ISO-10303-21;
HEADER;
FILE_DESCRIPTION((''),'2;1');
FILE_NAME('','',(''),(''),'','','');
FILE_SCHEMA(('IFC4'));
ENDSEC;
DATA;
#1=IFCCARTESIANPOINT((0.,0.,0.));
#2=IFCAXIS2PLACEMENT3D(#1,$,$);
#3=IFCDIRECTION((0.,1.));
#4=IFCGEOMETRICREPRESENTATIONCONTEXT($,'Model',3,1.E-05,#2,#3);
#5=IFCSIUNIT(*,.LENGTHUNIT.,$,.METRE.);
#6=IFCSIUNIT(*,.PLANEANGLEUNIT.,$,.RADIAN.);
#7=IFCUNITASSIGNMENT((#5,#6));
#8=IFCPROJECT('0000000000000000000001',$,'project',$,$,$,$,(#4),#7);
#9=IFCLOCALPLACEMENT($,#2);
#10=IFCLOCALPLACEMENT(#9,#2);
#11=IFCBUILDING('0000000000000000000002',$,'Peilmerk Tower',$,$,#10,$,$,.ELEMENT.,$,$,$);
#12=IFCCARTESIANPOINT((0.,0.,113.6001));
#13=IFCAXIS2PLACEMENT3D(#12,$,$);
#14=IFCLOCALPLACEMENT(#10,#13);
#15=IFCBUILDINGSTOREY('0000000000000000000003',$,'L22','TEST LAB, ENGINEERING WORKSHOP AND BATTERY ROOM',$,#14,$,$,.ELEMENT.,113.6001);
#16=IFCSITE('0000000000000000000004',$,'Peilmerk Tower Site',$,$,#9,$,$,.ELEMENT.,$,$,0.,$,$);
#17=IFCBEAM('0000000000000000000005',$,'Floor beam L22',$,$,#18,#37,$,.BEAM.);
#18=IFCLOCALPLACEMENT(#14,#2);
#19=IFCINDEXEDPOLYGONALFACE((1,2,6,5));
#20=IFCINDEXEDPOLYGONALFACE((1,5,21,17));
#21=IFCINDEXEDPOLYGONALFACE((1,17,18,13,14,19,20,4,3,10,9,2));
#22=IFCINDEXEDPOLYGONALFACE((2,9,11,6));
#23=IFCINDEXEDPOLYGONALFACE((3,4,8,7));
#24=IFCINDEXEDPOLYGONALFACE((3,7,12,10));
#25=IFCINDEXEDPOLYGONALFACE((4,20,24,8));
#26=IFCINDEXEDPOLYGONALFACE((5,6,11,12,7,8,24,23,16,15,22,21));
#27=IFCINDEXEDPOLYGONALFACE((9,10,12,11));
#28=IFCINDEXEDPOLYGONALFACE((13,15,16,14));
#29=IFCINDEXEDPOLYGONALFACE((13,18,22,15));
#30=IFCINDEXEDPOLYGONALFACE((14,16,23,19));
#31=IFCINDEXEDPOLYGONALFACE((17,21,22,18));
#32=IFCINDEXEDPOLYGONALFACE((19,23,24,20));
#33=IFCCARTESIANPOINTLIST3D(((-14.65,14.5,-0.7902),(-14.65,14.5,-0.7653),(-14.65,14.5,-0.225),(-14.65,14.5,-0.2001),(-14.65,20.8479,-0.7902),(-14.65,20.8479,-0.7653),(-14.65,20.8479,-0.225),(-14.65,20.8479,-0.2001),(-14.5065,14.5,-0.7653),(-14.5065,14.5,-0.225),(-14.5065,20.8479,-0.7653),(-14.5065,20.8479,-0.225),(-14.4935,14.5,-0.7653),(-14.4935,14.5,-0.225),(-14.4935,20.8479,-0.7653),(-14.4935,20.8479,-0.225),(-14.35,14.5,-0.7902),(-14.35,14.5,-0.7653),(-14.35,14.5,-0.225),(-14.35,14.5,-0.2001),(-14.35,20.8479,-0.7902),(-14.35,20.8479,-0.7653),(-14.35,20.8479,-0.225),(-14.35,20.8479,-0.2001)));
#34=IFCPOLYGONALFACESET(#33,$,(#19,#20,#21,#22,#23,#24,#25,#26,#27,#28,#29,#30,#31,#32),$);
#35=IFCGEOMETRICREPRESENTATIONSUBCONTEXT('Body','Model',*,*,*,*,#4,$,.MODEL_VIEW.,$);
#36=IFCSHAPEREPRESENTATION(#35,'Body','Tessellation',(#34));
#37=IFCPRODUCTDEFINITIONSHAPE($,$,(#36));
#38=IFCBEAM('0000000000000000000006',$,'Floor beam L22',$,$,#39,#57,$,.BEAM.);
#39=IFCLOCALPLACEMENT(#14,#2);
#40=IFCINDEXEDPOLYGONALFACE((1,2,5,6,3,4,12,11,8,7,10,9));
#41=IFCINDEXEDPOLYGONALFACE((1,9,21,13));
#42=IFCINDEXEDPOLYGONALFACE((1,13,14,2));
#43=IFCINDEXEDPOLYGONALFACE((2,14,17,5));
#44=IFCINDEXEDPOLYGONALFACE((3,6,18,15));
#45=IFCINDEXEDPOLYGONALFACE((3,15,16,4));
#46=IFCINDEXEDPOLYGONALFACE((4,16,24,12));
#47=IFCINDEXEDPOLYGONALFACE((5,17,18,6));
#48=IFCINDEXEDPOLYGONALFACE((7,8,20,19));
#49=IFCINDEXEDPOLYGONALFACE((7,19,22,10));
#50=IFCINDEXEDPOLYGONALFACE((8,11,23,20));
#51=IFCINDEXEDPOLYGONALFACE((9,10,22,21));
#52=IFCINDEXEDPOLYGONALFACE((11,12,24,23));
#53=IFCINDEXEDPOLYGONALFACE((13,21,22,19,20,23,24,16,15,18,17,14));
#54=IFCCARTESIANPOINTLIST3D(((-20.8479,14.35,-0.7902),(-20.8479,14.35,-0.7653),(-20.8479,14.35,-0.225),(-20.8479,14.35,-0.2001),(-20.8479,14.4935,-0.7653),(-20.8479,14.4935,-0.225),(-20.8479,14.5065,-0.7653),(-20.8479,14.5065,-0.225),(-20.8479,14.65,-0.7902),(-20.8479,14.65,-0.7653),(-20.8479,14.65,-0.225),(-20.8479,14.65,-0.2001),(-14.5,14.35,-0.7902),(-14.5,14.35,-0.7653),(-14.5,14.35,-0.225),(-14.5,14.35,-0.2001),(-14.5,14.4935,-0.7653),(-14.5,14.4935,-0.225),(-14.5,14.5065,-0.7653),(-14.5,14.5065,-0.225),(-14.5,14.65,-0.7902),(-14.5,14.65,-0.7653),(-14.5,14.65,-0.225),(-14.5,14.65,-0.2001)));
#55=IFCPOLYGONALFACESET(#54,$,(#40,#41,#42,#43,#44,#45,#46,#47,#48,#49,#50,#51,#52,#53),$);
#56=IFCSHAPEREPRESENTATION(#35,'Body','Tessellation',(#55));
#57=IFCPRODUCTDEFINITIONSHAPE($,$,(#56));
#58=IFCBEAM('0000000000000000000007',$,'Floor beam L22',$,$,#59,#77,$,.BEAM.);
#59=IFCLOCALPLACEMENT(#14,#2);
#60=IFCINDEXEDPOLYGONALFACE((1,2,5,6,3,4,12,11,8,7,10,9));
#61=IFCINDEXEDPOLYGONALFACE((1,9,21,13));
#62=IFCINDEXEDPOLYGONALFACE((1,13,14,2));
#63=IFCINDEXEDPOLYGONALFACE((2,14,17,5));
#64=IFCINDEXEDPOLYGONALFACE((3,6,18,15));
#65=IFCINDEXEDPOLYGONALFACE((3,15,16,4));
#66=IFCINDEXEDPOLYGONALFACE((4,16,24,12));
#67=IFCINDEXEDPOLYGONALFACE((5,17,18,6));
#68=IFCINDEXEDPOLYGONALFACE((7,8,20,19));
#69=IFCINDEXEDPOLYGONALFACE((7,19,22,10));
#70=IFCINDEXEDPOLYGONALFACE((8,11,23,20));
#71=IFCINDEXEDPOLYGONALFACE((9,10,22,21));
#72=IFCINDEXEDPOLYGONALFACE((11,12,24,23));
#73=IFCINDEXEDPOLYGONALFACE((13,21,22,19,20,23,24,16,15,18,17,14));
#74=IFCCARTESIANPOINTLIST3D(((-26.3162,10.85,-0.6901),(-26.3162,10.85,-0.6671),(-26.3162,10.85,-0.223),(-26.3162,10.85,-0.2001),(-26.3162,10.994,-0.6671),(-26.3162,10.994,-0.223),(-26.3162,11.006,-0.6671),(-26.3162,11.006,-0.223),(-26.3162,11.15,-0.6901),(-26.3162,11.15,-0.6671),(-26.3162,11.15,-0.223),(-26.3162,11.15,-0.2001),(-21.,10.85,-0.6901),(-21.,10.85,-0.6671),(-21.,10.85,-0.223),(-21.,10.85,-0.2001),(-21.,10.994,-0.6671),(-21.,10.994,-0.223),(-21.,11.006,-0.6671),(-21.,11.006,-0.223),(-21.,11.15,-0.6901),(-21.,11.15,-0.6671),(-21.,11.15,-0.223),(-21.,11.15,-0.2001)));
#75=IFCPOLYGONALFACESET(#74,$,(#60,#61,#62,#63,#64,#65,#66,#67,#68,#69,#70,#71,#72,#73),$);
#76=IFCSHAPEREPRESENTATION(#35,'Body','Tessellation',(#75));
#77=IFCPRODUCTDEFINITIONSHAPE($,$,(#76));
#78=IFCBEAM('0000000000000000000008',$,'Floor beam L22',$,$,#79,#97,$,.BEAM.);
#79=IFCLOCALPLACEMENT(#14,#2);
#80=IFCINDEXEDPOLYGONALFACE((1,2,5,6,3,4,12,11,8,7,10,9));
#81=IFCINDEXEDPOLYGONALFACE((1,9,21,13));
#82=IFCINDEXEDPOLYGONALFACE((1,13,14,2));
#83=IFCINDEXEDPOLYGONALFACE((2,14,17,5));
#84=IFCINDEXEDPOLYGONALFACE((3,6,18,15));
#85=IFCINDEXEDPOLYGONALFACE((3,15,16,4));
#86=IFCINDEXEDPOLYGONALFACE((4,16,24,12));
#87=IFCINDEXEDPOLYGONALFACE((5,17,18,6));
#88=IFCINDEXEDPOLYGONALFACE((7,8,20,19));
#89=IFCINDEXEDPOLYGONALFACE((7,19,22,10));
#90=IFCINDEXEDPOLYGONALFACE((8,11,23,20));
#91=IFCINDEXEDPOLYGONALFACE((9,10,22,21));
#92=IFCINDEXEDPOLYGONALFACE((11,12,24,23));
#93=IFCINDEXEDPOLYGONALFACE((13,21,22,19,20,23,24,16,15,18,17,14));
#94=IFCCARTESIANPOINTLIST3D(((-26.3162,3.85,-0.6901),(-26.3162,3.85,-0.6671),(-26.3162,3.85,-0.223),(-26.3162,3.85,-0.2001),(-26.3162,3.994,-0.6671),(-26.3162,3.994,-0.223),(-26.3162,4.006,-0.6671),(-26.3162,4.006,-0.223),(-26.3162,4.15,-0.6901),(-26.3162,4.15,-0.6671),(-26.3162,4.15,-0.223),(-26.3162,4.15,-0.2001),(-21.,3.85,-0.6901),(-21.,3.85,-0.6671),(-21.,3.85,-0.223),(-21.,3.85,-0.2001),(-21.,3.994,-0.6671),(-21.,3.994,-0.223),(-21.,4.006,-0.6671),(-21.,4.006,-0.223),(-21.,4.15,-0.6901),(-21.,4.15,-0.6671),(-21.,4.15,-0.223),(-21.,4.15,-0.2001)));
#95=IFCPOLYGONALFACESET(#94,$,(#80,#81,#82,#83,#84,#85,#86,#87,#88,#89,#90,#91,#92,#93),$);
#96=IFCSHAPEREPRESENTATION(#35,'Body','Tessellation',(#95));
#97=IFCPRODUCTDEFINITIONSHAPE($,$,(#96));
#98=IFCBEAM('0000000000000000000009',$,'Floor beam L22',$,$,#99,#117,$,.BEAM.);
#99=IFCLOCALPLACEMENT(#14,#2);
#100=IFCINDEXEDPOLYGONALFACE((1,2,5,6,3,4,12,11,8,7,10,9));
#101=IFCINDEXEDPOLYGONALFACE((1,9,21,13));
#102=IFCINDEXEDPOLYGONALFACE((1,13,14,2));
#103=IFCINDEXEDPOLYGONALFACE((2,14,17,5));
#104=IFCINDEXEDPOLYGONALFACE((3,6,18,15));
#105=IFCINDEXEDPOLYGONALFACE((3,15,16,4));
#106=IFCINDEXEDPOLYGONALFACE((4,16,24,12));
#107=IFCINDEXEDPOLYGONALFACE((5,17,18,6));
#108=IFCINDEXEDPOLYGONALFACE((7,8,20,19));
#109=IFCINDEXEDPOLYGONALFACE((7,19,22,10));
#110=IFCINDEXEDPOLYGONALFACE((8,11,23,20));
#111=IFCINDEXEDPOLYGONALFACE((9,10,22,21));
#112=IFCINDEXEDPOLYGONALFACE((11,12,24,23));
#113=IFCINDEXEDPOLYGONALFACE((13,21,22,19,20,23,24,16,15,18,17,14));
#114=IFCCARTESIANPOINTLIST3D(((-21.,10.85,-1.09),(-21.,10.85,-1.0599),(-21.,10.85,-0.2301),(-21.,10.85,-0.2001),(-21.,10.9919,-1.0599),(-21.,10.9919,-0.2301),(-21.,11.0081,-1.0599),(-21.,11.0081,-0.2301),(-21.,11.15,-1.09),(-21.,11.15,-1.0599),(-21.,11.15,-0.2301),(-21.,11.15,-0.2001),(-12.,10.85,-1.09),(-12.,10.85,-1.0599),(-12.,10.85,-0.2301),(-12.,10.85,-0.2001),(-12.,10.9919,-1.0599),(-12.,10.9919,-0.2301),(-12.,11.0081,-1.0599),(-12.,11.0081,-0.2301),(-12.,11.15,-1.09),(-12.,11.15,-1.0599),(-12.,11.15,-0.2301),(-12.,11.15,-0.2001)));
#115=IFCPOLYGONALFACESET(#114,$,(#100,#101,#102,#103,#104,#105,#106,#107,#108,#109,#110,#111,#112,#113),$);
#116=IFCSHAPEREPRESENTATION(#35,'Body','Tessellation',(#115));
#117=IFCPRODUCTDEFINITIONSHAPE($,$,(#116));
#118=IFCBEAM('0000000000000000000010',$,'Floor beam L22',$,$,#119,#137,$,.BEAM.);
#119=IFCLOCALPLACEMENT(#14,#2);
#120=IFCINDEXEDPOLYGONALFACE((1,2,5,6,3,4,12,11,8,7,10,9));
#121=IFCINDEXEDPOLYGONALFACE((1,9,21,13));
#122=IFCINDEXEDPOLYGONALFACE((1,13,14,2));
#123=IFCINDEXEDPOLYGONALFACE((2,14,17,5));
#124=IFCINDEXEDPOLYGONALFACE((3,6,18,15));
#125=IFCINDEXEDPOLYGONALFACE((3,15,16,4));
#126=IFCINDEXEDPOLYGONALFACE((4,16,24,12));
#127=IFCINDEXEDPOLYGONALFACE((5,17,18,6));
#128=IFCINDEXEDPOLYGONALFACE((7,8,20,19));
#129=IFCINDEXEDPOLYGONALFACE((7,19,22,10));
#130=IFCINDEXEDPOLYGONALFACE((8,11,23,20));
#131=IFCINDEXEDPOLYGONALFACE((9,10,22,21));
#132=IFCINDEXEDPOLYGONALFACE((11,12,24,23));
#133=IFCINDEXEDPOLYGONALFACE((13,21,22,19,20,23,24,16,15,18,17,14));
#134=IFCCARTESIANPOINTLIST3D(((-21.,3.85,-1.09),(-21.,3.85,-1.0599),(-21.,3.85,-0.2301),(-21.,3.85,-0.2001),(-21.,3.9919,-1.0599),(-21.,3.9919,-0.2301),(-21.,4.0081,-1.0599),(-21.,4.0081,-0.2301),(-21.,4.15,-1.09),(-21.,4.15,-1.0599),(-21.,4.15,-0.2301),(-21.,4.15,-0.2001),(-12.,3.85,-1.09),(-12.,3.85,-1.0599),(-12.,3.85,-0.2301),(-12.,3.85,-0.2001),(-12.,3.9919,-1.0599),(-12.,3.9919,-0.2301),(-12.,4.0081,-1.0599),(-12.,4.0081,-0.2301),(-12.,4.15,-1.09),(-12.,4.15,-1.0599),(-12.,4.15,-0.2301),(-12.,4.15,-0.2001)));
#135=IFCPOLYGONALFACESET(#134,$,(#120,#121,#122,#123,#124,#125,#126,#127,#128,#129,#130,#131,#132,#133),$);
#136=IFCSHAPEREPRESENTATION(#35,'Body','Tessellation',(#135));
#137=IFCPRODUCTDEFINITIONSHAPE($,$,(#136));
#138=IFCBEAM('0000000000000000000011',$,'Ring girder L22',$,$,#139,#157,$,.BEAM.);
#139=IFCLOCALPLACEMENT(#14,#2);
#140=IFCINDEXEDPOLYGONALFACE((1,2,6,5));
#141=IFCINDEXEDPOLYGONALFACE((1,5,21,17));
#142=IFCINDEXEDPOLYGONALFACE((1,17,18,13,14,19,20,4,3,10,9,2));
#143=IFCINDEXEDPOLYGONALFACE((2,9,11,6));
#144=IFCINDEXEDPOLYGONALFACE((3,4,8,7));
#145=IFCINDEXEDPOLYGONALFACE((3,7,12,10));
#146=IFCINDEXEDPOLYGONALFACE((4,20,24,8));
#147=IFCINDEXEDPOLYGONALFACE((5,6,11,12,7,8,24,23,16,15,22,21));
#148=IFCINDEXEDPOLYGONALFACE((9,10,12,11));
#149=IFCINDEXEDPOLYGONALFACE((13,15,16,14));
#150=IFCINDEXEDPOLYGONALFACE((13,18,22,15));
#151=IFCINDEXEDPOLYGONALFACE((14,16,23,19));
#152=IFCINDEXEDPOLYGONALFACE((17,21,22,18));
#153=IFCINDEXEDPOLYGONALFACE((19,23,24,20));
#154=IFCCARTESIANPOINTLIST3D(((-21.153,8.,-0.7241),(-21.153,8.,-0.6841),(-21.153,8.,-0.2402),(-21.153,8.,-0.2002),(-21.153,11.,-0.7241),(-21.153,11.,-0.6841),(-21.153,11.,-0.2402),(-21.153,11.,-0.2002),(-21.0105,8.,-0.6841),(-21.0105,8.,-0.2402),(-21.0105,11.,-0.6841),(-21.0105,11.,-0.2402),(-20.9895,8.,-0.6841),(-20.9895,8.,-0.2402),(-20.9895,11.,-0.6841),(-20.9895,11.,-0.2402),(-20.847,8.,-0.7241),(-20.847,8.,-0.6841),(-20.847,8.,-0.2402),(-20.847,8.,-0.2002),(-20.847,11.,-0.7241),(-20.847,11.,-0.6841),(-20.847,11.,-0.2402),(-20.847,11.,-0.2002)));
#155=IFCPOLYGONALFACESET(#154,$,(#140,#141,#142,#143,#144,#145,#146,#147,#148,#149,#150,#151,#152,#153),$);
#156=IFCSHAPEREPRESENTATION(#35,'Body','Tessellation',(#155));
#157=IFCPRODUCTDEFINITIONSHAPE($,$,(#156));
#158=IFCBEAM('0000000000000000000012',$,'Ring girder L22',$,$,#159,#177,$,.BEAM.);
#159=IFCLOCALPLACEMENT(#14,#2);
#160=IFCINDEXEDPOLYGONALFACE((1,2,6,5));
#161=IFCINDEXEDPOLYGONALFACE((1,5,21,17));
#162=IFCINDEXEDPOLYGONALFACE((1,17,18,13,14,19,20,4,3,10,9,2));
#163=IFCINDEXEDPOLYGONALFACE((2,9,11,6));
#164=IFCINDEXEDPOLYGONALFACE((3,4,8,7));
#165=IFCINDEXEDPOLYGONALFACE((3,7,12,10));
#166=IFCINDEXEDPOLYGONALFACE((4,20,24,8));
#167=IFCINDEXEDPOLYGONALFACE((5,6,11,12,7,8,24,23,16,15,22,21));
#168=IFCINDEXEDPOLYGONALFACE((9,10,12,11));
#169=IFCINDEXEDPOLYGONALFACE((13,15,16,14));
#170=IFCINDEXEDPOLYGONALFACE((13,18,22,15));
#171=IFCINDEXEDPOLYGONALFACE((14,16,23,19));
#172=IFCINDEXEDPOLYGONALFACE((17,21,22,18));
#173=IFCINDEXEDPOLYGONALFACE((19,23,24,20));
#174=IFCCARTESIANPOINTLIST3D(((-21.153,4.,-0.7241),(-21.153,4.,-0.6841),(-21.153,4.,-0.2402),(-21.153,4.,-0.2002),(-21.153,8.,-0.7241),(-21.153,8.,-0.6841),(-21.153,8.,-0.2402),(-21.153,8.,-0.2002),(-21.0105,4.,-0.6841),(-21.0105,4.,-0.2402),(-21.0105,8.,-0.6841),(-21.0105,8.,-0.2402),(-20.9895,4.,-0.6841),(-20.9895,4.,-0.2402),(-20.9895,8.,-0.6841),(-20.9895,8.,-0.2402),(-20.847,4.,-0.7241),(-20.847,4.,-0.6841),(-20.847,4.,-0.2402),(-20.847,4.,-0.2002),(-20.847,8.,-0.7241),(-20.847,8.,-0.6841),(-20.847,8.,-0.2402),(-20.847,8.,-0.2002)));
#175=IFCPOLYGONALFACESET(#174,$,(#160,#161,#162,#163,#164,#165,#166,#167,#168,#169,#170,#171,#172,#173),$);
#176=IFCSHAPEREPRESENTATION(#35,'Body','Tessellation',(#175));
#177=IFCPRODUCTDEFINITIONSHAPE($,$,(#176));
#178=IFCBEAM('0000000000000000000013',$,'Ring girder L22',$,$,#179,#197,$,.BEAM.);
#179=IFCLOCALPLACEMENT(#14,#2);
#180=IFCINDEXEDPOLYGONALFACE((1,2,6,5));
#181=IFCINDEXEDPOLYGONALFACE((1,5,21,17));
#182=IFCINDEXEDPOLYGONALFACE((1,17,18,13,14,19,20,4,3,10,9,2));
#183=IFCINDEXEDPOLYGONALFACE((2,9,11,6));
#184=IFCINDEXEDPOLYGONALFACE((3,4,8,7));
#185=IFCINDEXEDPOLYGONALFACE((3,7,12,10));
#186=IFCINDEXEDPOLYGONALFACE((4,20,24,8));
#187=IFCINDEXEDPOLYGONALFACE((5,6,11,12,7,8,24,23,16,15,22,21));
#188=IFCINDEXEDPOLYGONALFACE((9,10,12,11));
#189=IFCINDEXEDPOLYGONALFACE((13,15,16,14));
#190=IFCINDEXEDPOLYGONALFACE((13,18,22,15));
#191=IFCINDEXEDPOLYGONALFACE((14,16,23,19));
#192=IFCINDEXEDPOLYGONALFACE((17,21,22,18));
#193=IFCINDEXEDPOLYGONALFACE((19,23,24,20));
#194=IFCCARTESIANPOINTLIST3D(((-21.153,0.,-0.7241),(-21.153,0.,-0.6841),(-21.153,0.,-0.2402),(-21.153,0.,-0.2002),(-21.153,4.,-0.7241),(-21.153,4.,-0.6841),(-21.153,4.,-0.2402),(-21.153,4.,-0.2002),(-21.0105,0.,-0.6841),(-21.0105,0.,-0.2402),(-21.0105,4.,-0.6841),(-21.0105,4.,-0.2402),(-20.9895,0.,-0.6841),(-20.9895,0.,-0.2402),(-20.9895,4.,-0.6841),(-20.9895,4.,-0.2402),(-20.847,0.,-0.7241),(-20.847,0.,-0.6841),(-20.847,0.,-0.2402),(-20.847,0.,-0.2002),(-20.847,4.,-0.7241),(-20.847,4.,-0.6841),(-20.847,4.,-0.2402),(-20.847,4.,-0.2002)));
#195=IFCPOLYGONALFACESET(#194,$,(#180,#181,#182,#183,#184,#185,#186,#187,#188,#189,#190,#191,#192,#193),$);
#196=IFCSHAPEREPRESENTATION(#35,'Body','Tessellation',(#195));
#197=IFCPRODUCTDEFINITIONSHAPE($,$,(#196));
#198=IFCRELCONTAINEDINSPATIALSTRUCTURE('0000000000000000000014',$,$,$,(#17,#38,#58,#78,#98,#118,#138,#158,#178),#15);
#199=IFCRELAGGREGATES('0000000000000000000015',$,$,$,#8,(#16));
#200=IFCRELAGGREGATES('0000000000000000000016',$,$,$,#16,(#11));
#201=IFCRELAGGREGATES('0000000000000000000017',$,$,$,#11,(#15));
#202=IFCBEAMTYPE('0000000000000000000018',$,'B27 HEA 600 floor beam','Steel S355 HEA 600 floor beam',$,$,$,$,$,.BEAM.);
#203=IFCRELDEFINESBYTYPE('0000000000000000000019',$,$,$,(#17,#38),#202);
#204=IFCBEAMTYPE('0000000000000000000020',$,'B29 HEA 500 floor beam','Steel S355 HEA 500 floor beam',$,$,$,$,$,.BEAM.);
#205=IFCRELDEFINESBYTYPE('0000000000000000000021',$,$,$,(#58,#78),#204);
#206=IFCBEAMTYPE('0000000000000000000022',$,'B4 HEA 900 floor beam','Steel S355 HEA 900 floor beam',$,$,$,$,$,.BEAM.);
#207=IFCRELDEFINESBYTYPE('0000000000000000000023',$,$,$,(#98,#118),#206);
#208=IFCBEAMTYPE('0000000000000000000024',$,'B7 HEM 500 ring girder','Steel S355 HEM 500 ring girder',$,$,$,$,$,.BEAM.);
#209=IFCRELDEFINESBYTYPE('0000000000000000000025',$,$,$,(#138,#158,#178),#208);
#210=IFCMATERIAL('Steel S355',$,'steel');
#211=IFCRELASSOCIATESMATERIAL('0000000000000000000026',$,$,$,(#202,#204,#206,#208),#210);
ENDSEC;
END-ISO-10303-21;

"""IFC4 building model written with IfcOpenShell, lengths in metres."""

from ifc_helpers import new_model, si_unit, direction, frame, origin, origin_2d, place, context, subcontext, project, spatial, i_section, extrude, material, material_profile, profile_set, type_object, element, save


model = new_model("IFC4")

# Units and contexts
model_context = context("Model", 3, precision=1e-05, world=origin(), true_north=direction((0.0, 1.0)))
body_context = subcontext(model_context, "Body", "Model", "MODEL_VIEW")
ifc_project = project(units=[si_unit("LENGTHUNIT", "METRE"), si_unit("PLANEANGLEUNIT", "RADIAN")], contexts=[model_context])

# Site, building, storey
site_placement = place(None, origin())
site = spatial("IfcSite", under=ifc_project, at=site_placement, Name="Peilmerk Tower Site", CompositionType="ELEMENT", RefElevation=0.0)
building_placement = place(site_placement, origin())
building = spatial("IfcBuilding", under=site, at=building_placement, Name="Peilmerk Tower", CompositionType="ELEMENT")
storey_placement = place(building_placement, frame((0.0, 0.0, 113.6001)))
storey = spatial("IfcBuildingStorey", under=building, at=storey_placement, Name="L22", Description="TEST LAB, ENGINEERING WORKSHOP AND BATTERY ROOM", CompositionType="ELEMENT", Elevation=113.6001)

# Beams
ifc_material_1 = material(Name="Steel S355", Category="steel")
ifc_material_profile_1 = material_profile(ifc_material_1, i_section(OverallWidth=0.3, OverallDepth=0.5901, WebThickness=0.0129, FlangeThickness=0.0249, at=origin_2d()), Name="HEA 600")
ifc_profile_set_1 = profile_set([ifc_material_profile_1], Name="Steel S355")
beam_type_1 = type_object("IfcBeamType", Name="B27 HEA 600 floor beam", Description="Steel S355 HEA 600 floor beam", PredefinedType="BEAM", material=ifc_profile_set_1)
for number, where, z_axis, x_axis, name in (
    (1, (-14.5, 14.5, -0.4951), (0.0, 1.0, 0.0), (-1.0, 0.0, 0.0), "Floor beam L22"),
    (2, (-14.5, 14.5, -0.4951), (-1.0, 0.0, 0.0), (0.0, -1.0, 0.0), "Floor beam L22"),
):
    element("IfcBeam", number, at=place(storey_placement, frame(where, z_axis=z_axis, x_axis=x_axis)), inside=storey, type_object=beam_type_1, Name=name, PredefinedType="BEAM", context=body_context, shape_type="SweptSolid", body=[
        extrude(i_section(OverallWidth=0.3, OverallDepth=0.5901, WebThickness=0.0129, FlangeThickness=0.0249, at=origin_2d()), origin(), (0.0, 0.0, 1.0), 6.3479),
    ])
ifc_material_profile_2 = material_profile(ifc_material_1, i_section(OverallWidth=0.3, OverallDepth=0.49, WebThickness=0.012, FlangeThickness=0.0229, at=origin_2d()), Name="HEA 500")
ifc_profile_set_2 = profile_set([ifc_material_profile_2], Name="Steel S355")
beam_type_2 = type_object("IfcBeamType", Name="B29 HEA 500 floor beam", Description="Steel S355 HEA 500 floor beam", PredefinedType="BEAM", material=ifc_profile_set_2)
for number, where, z_axis, x_axis, name in (
    (3, (-21.0, 11.0, -0.4451), (-1.0, 0.0, 0.0), (0.0, -1.0, 0.0), "Floor beam L22"),
    (4, (-21.0, 4.0, -0.4451), (-1.0, 0.0, 0.0), (0.0, -1.0, 0.0), "Floor beam L22"),
):
    element("IfcBeam", number, at=place(storey_placement, frame(where, z_axis=z_axis, x_axis=x_axis)), inside=storey, type_object=beam_type_2, Name=name, PredefinedType="BEAM", context=body_context, shape_type="SweptSolid", body=[
        extrude(i_section(OverallWidth=0.3, OverallDepth=0.49, WebThickness=0.012, FlangeThickness=0.0229, at=origin_2d()), origin(), (0.0, 0.0, 1.0), 5.3162),
    ])
ifc_material_profile_3 = material_profile(ifc_material_1, i_section(OverallWidth=0.3, OverallDepth=0.8899, WebThickness=0.0161, FlangeThickness=0.03, at=origin_2d()), Name="HEA 900")
ifc_profile_set_3 = profile_set([ifc_material_profile_3], Name="Steel S355")
beam_type_3 = type_object("IfcBeamType", Name="B4 HEA 900 floor beam", Description="Steel S355 HEA 900 floor beam", PredefinedType="BEAM", material=ifc_profile_set_3)
for number, where, z_axis, x_axis, name in (
    (5, (-12.0, 11.0, -0.645), (-1.0, 0.0, 0.0), (0.0, -1.0, 0.0), "Floor beam L22"),
    (6, (-12.0, 4.0, -0.645), (-1.0, 0.0, 0.0), (0.0, -1.0, 0.0), "Floor beam L22"),
):
    element("IfcBeam", number, at=place(storey_placement, frame(where, z_axis=z_axis, x_axis=x_axis)), inside=storey, type_object=beam_type_3, Name=name, PredefinedType="BEAM", context=body_context, shape_type="SweptSolid", body=[
        extrude(i_section(OverallWidth=0.3, OverallDepth=0.8899, WebThickness=0.0161, FlangeThickness=0.03, at=origin_2d()), origin(), (0.0, 0.0, 1.0), 9.0),
    ])
ifc_material_profile_4 = material_profile(ifc_material_1, i_section(OverallWidth=0.3059, OverallDepth=0.5239, WebThickness=0.021, FlangeThickness=0.04, at=origin_2d()), Name="HEM 500")
ifc_profile_set_4 = profile_set([ifc_material_profile_4], Name="Steel S355")
beam_type_4 = type_object("IfcBeamType", Name="B7 HEM 500 ring girder", Description="Steel S355 HEM 500 ring girder", PredefinedType="BEAM", material=ifc_profile_set_4)
beam_1_placement = place(storey_placement, frame((-21.0, 11.0, -0.4622), z_axis=(0.0, -1.0, 0.0), x_axis=(1.0, 0.0, 0.0)))
element("IfcBeam", 7, at=beam_1_placement, inside=storey, type_object=beam_type_4, Name="Ring girder L22", PredefinedType="BEAM", context=body_context, shape_type="SweptSolid", body=[
    extrude(i_section(OverallWidth=0.3059, OverallDepth=0.5239, WebThickness=0.021, FlangeThickness=0.04, at=origin_2d()), origin(), (0.0, 0.0, 1.0), 3.0),
])
for number, where, z_axis, x_axis, name in (
    (8, (-21.0, 8.0, -0.4622), (0.0, -1.0, 0.0), (1.0, 0.0, 0.0), "Ring girder L22"),
    (9, (-21.0, 4.0, -0.4622), (0.0, -1.0, 0.0), (1.0, 0.0, 0.0), "Ring girder L22"),
):
    element("IfcBeam", number, at=place(storey_placement, frame(where, z_axis=z_axis, x_axis=x_axis)), inside=storey, type_object=beam_type_4, Name=name, PredefinedType="BEAM", context=body_context, shape_type="SweptSolid", body=[
        extrude(i_section(OverallWidth=0.3059, OverallDepth=0.5239, WebThickness=0.021, FlangeThickness=0.04, at=origin_2d()), origin(), (0.0, 0.0, 1.0), 4.0),
    ])

save(model, "model.ifc")
